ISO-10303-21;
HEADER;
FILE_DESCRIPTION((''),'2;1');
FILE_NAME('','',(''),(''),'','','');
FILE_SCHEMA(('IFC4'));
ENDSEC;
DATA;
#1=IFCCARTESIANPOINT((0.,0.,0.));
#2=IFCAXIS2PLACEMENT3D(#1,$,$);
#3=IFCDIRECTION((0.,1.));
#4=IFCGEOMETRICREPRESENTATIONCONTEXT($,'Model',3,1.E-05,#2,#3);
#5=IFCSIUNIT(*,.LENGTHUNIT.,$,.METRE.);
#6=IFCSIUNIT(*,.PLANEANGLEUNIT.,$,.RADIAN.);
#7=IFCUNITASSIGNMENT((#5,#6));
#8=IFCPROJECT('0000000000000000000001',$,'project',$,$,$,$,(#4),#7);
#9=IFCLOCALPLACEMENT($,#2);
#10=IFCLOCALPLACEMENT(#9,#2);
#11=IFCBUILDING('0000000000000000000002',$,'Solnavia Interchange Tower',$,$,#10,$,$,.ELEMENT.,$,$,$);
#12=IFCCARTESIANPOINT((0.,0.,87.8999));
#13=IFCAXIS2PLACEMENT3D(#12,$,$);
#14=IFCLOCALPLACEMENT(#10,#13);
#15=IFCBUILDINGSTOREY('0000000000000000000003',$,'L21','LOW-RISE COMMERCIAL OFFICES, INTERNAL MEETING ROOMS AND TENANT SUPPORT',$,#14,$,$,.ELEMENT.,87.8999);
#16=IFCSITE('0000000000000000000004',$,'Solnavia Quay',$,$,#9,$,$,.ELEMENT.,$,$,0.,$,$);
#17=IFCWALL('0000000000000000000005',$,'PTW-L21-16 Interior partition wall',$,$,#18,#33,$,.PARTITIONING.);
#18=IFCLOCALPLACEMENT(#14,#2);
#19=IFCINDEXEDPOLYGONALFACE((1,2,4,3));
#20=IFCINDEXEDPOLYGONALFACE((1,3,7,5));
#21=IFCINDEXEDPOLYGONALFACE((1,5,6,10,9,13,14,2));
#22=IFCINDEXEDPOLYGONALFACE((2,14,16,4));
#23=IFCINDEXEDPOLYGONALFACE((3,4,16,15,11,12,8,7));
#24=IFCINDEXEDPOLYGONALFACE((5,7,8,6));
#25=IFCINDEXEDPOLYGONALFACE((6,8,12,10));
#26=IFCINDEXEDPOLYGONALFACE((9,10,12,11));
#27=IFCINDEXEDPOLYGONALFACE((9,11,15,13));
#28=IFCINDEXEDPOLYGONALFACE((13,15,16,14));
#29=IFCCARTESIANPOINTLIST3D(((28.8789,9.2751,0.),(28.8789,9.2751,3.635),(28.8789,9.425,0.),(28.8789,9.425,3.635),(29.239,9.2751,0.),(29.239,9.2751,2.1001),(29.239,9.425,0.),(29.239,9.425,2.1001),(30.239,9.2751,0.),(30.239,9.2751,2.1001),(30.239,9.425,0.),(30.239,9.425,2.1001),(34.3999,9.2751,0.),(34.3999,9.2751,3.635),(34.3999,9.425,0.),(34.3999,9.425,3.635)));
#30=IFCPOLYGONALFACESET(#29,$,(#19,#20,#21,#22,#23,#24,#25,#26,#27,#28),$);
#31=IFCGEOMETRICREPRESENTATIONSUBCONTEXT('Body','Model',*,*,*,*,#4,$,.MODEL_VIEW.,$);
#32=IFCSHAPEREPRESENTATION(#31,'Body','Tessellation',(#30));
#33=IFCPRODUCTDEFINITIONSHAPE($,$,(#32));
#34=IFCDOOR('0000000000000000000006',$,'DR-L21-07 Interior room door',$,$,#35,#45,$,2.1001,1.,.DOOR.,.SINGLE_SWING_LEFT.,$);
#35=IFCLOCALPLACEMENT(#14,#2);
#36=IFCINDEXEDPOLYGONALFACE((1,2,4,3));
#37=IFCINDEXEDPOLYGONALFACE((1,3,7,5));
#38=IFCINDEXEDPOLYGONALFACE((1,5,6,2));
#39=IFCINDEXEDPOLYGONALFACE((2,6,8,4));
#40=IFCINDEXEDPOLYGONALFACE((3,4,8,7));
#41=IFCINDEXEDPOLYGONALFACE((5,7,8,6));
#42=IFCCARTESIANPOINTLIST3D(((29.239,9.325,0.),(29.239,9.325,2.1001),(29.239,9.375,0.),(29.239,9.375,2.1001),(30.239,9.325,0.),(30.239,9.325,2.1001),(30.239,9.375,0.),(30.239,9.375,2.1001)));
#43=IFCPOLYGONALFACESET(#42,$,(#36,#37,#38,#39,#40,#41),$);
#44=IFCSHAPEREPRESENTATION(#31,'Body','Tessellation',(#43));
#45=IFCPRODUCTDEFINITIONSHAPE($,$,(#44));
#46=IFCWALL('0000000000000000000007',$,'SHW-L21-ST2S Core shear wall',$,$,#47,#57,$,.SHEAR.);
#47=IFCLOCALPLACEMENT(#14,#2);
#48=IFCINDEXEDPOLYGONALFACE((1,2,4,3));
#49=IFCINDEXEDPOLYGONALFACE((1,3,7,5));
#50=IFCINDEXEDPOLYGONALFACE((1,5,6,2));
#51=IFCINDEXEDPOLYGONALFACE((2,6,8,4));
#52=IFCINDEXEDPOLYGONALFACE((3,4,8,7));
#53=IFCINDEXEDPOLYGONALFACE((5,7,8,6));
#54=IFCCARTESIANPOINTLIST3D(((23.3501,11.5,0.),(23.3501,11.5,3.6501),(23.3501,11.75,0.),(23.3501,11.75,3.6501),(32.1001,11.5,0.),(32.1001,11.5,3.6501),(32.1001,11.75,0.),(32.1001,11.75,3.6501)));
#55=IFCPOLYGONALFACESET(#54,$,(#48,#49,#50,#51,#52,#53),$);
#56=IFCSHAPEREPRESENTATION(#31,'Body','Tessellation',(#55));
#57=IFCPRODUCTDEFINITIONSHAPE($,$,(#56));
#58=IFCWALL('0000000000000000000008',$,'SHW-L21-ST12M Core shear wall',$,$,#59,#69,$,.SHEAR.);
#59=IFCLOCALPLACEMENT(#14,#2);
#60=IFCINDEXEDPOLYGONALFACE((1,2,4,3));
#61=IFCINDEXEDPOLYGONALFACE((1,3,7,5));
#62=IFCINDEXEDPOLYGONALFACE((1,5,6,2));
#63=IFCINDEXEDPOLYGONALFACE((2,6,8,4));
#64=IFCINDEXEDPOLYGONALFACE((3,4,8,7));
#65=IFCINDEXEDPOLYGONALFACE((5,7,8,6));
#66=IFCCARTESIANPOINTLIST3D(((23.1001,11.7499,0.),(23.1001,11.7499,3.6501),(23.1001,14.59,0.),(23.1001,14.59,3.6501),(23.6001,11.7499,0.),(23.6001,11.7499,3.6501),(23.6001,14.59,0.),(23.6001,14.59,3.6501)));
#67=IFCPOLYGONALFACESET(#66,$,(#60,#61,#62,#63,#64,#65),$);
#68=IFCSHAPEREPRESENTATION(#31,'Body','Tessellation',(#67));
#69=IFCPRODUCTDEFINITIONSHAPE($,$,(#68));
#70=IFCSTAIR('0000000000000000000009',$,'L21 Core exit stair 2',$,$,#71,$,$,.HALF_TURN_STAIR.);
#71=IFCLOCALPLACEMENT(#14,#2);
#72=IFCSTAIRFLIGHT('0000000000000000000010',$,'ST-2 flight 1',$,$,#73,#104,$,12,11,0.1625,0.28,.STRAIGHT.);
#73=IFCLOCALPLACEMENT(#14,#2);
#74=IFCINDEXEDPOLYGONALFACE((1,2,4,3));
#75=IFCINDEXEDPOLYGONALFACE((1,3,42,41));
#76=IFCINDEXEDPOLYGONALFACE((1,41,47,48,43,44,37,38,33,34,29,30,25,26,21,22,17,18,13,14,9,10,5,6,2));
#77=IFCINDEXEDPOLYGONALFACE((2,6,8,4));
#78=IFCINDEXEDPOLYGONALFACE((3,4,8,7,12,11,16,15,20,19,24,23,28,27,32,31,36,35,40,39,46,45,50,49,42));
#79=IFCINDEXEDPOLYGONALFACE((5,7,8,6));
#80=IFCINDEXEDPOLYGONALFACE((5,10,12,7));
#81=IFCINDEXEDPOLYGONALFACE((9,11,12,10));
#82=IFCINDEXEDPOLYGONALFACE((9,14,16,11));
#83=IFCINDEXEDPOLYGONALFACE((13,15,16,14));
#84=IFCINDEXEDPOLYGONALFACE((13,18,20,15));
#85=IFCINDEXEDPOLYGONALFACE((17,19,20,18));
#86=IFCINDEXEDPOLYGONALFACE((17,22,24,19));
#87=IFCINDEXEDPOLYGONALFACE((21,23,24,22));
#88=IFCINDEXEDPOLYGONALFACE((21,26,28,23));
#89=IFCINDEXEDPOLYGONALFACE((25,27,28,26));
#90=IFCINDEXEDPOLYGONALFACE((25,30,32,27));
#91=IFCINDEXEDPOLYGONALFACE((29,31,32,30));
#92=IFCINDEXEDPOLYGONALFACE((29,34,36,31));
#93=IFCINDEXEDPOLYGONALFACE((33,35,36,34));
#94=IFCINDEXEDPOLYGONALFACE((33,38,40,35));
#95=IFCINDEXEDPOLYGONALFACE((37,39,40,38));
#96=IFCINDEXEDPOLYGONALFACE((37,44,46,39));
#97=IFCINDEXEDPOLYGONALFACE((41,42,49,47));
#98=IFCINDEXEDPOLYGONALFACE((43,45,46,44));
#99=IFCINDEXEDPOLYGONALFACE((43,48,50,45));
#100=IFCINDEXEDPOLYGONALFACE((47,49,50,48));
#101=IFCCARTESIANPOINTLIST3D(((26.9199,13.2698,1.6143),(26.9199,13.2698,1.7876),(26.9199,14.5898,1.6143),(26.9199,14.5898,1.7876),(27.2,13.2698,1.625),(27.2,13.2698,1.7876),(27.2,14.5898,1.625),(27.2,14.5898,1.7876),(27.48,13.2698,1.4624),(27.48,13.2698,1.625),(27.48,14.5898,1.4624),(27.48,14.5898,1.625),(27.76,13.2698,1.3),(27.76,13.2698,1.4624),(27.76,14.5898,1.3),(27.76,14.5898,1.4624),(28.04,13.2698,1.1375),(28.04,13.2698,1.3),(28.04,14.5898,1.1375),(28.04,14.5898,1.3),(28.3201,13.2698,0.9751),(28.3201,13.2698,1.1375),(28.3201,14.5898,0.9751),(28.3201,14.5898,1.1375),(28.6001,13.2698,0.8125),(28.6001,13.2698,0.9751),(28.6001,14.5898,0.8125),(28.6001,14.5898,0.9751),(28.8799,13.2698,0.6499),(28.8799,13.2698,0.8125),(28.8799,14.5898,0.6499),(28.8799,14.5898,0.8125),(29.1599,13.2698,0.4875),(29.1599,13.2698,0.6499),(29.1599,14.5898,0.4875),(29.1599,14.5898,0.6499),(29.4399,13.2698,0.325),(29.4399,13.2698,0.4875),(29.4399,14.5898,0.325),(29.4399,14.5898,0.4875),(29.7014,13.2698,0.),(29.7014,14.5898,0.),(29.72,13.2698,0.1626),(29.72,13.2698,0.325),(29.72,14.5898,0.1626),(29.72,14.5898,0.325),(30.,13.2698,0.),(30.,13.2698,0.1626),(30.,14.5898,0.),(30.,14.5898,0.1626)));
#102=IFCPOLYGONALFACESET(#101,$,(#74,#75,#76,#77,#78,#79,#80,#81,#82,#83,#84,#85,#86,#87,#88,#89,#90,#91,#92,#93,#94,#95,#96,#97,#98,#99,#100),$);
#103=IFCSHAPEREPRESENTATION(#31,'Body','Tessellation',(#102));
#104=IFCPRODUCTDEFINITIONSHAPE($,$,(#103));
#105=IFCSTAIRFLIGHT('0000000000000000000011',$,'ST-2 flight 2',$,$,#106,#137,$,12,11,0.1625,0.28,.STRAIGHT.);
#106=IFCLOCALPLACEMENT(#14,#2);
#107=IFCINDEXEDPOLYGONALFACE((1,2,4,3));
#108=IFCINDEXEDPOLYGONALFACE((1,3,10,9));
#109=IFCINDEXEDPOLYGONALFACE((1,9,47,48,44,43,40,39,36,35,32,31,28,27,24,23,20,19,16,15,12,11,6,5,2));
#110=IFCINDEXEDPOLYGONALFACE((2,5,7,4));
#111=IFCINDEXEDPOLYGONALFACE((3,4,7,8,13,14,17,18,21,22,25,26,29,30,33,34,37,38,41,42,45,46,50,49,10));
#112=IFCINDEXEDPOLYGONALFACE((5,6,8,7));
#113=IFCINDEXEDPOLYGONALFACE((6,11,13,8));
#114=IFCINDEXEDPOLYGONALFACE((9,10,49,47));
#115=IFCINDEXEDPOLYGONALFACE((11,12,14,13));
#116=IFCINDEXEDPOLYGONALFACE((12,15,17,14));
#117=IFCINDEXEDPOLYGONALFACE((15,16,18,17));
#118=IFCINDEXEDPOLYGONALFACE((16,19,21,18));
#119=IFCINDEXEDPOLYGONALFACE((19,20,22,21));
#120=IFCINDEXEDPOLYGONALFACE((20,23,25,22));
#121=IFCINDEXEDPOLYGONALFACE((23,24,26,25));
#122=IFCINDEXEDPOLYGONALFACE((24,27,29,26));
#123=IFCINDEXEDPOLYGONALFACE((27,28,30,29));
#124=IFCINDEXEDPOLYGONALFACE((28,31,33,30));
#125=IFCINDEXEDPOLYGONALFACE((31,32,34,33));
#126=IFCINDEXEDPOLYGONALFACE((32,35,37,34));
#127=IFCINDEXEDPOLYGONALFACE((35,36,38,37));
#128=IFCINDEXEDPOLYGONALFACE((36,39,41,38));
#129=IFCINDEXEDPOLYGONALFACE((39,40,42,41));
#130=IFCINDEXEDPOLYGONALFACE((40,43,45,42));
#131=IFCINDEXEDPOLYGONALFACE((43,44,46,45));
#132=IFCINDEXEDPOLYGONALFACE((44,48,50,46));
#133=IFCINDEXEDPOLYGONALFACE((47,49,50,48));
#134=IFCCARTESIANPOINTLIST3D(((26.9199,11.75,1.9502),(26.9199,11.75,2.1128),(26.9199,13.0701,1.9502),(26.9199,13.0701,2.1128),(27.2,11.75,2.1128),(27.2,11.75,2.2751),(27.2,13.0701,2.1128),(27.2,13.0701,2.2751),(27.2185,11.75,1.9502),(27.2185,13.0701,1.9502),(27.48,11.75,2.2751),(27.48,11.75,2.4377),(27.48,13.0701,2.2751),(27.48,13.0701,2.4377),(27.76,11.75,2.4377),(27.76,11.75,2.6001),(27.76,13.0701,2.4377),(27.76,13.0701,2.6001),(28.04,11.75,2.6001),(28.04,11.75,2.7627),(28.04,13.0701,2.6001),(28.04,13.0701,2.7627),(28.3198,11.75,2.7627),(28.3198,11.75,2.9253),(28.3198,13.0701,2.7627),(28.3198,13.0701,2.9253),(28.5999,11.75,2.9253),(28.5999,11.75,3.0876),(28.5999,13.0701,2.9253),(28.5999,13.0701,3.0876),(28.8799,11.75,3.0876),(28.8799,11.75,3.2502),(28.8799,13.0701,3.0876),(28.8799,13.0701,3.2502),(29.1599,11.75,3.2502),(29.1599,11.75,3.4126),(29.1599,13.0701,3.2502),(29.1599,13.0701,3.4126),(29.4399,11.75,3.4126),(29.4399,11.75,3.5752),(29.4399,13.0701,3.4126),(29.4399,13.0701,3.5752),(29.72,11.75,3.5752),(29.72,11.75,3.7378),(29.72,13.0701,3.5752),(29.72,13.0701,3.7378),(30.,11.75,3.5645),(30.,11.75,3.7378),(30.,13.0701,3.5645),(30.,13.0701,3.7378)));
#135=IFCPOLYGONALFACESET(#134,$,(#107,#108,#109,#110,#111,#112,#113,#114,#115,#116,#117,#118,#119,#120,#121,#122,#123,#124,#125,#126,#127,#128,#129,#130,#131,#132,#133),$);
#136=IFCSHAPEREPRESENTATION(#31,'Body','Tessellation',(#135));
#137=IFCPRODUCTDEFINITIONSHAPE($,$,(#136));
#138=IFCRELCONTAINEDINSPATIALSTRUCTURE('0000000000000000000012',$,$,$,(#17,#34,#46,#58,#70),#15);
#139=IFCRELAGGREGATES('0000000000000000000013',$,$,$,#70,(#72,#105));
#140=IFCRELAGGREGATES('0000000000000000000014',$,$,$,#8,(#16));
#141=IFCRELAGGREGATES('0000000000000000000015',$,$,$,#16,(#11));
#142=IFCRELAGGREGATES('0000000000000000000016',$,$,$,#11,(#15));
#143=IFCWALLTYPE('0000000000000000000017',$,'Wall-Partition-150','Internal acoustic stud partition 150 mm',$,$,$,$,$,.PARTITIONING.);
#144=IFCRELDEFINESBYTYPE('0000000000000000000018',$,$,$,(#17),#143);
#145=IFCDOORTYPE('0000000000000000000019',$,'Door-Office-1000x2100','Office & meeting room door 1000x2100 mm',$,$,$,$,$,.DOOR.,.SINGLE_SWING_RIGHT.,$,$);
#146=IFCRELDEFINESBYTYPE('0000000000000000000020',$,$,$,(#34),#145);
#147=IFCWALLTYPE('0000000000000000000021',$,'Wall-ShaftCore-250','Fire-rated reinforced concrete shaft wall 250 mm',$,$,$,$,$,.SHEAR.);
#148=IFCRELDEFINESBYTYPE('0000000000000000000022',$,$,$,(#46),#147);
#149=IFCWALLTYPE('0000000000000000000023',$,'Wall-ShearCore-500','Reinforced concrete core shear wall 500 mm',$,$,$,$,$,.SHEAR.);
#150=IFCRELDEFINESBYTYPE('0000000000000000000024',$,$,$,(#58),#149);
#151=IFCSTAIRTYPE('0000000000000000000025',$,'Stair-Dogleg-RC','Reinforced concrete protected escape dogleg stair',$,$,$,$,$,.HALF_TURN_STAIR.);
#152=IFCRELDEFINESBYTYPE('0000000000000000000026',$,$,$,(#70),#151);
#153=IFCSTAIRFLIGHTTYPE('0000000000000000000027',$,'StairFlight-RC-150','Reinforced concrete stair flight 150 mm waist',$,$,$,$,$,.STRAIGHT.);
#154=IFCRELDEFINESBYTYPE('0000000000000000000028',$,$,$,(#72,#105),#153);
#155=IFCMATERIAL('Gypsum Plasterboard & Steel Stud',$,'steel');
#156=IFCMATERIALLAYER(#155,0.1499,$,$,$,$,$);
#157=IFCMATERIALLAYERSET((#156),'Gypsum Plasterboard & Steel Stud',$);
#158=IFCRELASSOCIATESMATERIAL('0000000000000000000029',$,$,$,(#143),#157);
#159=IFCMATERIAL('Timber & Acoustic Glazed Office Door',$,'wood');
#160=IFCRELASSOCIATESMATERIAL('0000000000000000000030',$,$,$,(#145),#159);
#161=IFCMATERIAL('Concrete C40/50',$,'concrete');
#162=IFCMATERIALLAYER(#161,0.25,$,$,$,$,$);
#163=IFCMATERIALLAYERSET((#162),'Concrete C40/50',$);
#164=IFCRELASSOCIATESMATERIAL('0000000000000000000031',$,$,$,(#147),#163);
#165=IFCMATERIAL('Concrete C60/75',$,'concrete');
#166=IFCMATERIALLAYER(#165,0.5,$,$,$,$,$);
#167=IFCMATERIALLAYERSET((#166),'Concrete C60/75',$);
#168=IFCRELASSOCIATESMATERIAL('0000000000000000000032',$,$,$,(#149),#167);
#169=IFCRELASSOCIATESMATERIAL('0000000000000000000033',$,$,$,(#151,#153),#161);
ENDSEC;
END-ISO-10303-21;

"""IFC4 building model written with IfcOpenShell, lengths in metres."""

from ifc_helpers import new_model, si_unit, direction, frame, frame_2d, origin, place, context, subcontext, project, spatial, polyline, rectangle, outline, extrude, material, layer, layer_set, type_object, element, fill, aggregate, save


model = new_model("IFC4")

# Units and contexts
model_context = context("Model", 3, precision=1e-05, world=origin(), true_north=direction((0.0, 1.0)))
body_context = subcontext(model_context, "Body", "Model", "MODEL_VIEW")
ifc_project = project(units=[si_unit("LENGTHUNIT", "METRE"), si_unit("PLANEANGLEUNIT", "RADIAN")], contexts=[model_context])

# Site, building, storey
site_placement = place(None, origin())
site = spatial("IfcSite", under=ifc_project, at=site_placement, Name="Solnavia Quay", CompositionType="ELEMENT", RefElevation=0.0)
building_placement = place(site_placement, origin())
building = spatial("IfcBuilding", under=site, at=building_placement, Name="Solnavia Interchange Tower", CompositionType="ELEMENT")
storey_placement = place(building_placement, frame((0.0, 0.0, 87.8999)))
storey = spatial("IfcBuildingStorey", under=building, at=storey_placement, Name="L21", Description="LOW-RISE COMMERCIAL OFFICES, INTERNAL MEETING ROOMS AND TENANT SUPPORT", CompositionType="ELEMENT", Elevation=87.8999)

# Shared definitions
ifc_material_1 = material(Name="Concrete C60/75", Category="concrete")

# Shared definitions
ifc_material_2 = material(Name="Concrete C40/50", Category="concrete")

# Shared definitions
ifc_material_3 = material(Name="Gypsum Plasterboard & Steel Stud", Category="steel")
ifc_layer_1 = layer(ifc_material_3, 0.1499)
ifc_layer_set_1 = layer_set([ifc_layer_1], Name="Gypsum Plasterboard & Steel Stud")
wall_type_1 = type_object("IfcWallType", Name="Wall-Partition-150", Description="Internal acoustic stud partition 150 mm", PredefinedType="PARTITIONING", material=ifc_layer_set_1)

# Wall, opening, door
wall_1_placement = place(storey_placement, frame((28.8789, 9.3501, 0.0), z_axis=(0.0, 0.0, 1.0), x_axis=(1.0, 0.0, 0.0)))
wall_1 = element("IfcWall", 1, at=wall_1_placement, inside=storey, type_object=wall_type_1, Name="PTW-L21-16 Interior partition wall", PredefinedType="PARTITIONING", context=body_context, shape_type="SweptSolid", body=[
    extrude(rectangle(XDim=5.521, YDim=0.1499, at=frame_2d((2.7605, 0.0))), origin(), (0.0, 0.0, 1.0), 3.635),
])
opening_1_placement = place(wall_1_placement, frame((0.3601, 0.0, 0.0)))
opening_1 = element("IfcOpeningElement", 2, at=opening_1_placement, cuts=wall_1, PredefinedType="OPENING", context=body_context, shape_type="SweptSolid", body=[
    extrude(rectangle(XDim=1.0, YDim=2.1001, at=frame_2d((0.5, 1.05))), frame((0.0, 0.085, 0.0), z_axis=(0.0, -1.0, 0.0), x_axis=(1.0, 0.0, 0.0)), (0.0, 0.0, 1.0), 0.1699),
])
ifc_material_4 = material(Name="Timber & Acoustic Glazed Office Door", Category="wood")
door_type = type_object("IfcDoorType", Name="Door-Office-1000x2100", Description="Office & meeting room door 1000x2100 mm", OperationType="SINGLE_SWING_RIGHT", PredefinedType="DOOR", material=ifc_material_4)
door_placement = place(opening_1_placement, origin())
door = element("IfcDoor", 3, at=door_placement, inside=storey, type_object=door_type, Name="DR-L21-07 Interior room door", OperationType="SINGLE_SWING_LEFT", OverallHeight=2.1001, OverallWidth=1.0, PredefinedType="DOOR", context=body_context, shape_type="SweptSolid", body=[
    extrude(rectangle(XDim=1.0, YDim=2.1001, at=frame_2d((0.5, 1.05))), frame((0.0, 0.0249, 0.0), z_axis=(0.0, -1.0, 0.0), x_axis=(1.0, 0.0, 0.0)), (0.0, 0.0, 1.0), 0.05),
])
fill(opening_1, door)

# Walls
ifc_layer_2 = layer(ifc_material_2, 0.25)
ifc_layer_set_2 = layer_set([ifc_layer_2], Name="Concrete C40/50")
wall_type_2 = type_object("IfcWallType", Name="Wall-ShaftCore-250", Description="Fire-rated reinforced concrete shaft wall 250 mm", PredefinedType="SHEAR", material=ifc_layer_set_2)
wall_2_placement = place(storey_placement, frame((23.3501, 11.625, 0.0), z_axis=(0.0, 0.0, 1.0), x_axis=(1.0, 0.0, 0.0)))
element("IfcWall", 4, at=wall_2_placement, inside=storey, type_object=wall_type_2, Name="SHW-L21-ST2S Core shear wall", PredefinedType="SHEAR", context=body_context, shape_type="SweptSolid", body=[
    extrude(rectangle(XDim=8.75, YDim=0.25, at=frame_2d((4.375, 0.0))), origin(), (0.0, 0.0, 1.0), 3.6501),
])
ifc_layer_3 = layer(ifc_material_1, 0.5)
ifc_layer_set_3 = layer_set([ifc_layer_3], Name="Concrete C60/75")
wall_type_3 = type_object("IfcWallType", Name="Wall-ShearCore-500", Description="Reinforced concrete core shear wall 500 mm", PredefinedType="SHEAR", material=ifc_layer_set_3)
wall_3_placement = place(storey_placement, frame((23.3501, 11.75, 0.0), z_axis=(0.0, 0.0, 1.0), x_axis=(0.0, 1.0, 0.0)))
element("IfcWall", 5, at=wall_3_placement, inside=storey, type_object=wall_type_3, Name="SHW-L21-ST12M Core shear wall", PredefinedType="SHEAR", context=body_context, shape_type="SweptSolid", body=[
    extrude(rectangle(XDim=2.8401, YDim=0.5, at=frame_2d((1.4199, 0.0))), origin(), (0.0, 0.0, 1.0), 3.6501),
])

# Stair, stair flights
stair_type = type_object("IfcStairType", Name="Stair-Dogleg-RC", Description="Reinforced concrete protected escape dogleg stair", PredefinedType="HALF_TURN_STAIR", material=ifc_material_2)
stair_placement = place(storey_placement, origin())
stair = element("IfcStair", 6, at=stair_placement, inside=storey, type_object=stair_type, Name="L21 Core exit stair 2", PredefinedType="HALF_TURN_STAIR")
stair_flight_type = type_object("IfcStairFlightType", Name="StairFlight-RC-150", Description="Reinforced concrete stair flight 150 mm waist", PredefinedType="STRAIGHT", material=ifc_material_2)
stair_flight_1_placement = place(storey_placement, frame((30.0, 13.9299, 0.0), z_axis=(0.0, 0.0, 1.0), x_axis=(-1.0, 0.0, 0.0)))
stair_flight_1 = element("IfcStairFlight", 7, at=stair_flight_1_placement, type_object=stair_flight_type, Name="ST-2 flight 1", NumberOfRisers=12, NumberOfTreads=11, PredefinedType="STRAIGHT", RiserHeight=0.1625, TreadLength=0.28, context=body_context, shape_type="SweptSolid", body=[
    extrude(outline(polyline([(0.0, 0.0), (0.0, 0.1626), (0.28, 0.1626), (0.28, 0.325), (0.5601, 0.325), (0.5601, 0.4875), (0.8401, 0.4875), (0.8401, 0.6499), (1.1201, 0.6499), (1.1201, 0.8125), (1.3999, 0.8125), (1.3999, 0.9751), (1.6799, 0.9751), (1.6799, 1.1375), (1.96, 1.1375), (1.96, 1.3), (2.24, 1.3), (2.24, 1.4624), (2.52, 1.4624), (2.52, 1.625), (2.8, 1.625), (2.8, 1.7876), (3.0801, 1.7876), (3.0801, 1.95), (3.0801, 1.6143), (0.2986, 0.0), (0.0, 0.0)])), frame((0.0, 0.6602, 0.0), z_axis=(0.0, -1.0, 0.0), x_axis=(1.0, 0.0, 0.0)), (0.0, 0.0, 1.0), 1.3201),
])
stair_flight_2_placement = place(storey_placement, frame((26.9199, 12.4099, 1.9502), z_axis=(0.0, 0.0, 1.0), x_axis=(1.0, 0.0, 0.0)))
stair_flight_2 = element("IfcStairFlight", 8, at=stair_flight_2_placement, type_object=stair_flight_type, Name="ST-2 flight 2", NumberOfRisers=12, NumberOfTreads=11, PredefinedType="STRAIGHT", RiserHeight=0.1625, TreadLength=0.28, context=body_context, shape_type="SweptSolid", body=[
    extrude(outline(polyline([(0.0, 0.0), (0.0, 0.1626), (0.28, 0.1626), (0.28, 0.325), (0.5601, 0.325), (0.5601, 0.4875), (0.8401, 0.4875), (0.8401, 0.6499), (1.1201, 0.6499), (1.1201, 0.8125), (1.3999, 0.8125), (1.3999, 0.9751), (1.6799, 0.9751), (1.6799, 1.1375), (1.96, 1.1375), (1.96, 1.3), (2.24, 1.3), (2.24, 1.4624), (2.52, 1.4624), (2.52, 1.625), (2.8, 1.625), (2.8, 1.7876), (3.0801, 1.7876), (3.0801, 1.95), (3.0801, 1.6143), (0.2986, 0.0), (0.0, 0.0)])), frame((0.0, 0.6602, 0.0), z_axis=(0.0, -1.0, 0.0), x_axis=(1.0, 0.0, 0.0)), (0.0, 0.0, 1.0), 1.3201),
])
aggregate(stair, [stair_flight_1, stair_flight_2])

save(model, "model.ifc")
